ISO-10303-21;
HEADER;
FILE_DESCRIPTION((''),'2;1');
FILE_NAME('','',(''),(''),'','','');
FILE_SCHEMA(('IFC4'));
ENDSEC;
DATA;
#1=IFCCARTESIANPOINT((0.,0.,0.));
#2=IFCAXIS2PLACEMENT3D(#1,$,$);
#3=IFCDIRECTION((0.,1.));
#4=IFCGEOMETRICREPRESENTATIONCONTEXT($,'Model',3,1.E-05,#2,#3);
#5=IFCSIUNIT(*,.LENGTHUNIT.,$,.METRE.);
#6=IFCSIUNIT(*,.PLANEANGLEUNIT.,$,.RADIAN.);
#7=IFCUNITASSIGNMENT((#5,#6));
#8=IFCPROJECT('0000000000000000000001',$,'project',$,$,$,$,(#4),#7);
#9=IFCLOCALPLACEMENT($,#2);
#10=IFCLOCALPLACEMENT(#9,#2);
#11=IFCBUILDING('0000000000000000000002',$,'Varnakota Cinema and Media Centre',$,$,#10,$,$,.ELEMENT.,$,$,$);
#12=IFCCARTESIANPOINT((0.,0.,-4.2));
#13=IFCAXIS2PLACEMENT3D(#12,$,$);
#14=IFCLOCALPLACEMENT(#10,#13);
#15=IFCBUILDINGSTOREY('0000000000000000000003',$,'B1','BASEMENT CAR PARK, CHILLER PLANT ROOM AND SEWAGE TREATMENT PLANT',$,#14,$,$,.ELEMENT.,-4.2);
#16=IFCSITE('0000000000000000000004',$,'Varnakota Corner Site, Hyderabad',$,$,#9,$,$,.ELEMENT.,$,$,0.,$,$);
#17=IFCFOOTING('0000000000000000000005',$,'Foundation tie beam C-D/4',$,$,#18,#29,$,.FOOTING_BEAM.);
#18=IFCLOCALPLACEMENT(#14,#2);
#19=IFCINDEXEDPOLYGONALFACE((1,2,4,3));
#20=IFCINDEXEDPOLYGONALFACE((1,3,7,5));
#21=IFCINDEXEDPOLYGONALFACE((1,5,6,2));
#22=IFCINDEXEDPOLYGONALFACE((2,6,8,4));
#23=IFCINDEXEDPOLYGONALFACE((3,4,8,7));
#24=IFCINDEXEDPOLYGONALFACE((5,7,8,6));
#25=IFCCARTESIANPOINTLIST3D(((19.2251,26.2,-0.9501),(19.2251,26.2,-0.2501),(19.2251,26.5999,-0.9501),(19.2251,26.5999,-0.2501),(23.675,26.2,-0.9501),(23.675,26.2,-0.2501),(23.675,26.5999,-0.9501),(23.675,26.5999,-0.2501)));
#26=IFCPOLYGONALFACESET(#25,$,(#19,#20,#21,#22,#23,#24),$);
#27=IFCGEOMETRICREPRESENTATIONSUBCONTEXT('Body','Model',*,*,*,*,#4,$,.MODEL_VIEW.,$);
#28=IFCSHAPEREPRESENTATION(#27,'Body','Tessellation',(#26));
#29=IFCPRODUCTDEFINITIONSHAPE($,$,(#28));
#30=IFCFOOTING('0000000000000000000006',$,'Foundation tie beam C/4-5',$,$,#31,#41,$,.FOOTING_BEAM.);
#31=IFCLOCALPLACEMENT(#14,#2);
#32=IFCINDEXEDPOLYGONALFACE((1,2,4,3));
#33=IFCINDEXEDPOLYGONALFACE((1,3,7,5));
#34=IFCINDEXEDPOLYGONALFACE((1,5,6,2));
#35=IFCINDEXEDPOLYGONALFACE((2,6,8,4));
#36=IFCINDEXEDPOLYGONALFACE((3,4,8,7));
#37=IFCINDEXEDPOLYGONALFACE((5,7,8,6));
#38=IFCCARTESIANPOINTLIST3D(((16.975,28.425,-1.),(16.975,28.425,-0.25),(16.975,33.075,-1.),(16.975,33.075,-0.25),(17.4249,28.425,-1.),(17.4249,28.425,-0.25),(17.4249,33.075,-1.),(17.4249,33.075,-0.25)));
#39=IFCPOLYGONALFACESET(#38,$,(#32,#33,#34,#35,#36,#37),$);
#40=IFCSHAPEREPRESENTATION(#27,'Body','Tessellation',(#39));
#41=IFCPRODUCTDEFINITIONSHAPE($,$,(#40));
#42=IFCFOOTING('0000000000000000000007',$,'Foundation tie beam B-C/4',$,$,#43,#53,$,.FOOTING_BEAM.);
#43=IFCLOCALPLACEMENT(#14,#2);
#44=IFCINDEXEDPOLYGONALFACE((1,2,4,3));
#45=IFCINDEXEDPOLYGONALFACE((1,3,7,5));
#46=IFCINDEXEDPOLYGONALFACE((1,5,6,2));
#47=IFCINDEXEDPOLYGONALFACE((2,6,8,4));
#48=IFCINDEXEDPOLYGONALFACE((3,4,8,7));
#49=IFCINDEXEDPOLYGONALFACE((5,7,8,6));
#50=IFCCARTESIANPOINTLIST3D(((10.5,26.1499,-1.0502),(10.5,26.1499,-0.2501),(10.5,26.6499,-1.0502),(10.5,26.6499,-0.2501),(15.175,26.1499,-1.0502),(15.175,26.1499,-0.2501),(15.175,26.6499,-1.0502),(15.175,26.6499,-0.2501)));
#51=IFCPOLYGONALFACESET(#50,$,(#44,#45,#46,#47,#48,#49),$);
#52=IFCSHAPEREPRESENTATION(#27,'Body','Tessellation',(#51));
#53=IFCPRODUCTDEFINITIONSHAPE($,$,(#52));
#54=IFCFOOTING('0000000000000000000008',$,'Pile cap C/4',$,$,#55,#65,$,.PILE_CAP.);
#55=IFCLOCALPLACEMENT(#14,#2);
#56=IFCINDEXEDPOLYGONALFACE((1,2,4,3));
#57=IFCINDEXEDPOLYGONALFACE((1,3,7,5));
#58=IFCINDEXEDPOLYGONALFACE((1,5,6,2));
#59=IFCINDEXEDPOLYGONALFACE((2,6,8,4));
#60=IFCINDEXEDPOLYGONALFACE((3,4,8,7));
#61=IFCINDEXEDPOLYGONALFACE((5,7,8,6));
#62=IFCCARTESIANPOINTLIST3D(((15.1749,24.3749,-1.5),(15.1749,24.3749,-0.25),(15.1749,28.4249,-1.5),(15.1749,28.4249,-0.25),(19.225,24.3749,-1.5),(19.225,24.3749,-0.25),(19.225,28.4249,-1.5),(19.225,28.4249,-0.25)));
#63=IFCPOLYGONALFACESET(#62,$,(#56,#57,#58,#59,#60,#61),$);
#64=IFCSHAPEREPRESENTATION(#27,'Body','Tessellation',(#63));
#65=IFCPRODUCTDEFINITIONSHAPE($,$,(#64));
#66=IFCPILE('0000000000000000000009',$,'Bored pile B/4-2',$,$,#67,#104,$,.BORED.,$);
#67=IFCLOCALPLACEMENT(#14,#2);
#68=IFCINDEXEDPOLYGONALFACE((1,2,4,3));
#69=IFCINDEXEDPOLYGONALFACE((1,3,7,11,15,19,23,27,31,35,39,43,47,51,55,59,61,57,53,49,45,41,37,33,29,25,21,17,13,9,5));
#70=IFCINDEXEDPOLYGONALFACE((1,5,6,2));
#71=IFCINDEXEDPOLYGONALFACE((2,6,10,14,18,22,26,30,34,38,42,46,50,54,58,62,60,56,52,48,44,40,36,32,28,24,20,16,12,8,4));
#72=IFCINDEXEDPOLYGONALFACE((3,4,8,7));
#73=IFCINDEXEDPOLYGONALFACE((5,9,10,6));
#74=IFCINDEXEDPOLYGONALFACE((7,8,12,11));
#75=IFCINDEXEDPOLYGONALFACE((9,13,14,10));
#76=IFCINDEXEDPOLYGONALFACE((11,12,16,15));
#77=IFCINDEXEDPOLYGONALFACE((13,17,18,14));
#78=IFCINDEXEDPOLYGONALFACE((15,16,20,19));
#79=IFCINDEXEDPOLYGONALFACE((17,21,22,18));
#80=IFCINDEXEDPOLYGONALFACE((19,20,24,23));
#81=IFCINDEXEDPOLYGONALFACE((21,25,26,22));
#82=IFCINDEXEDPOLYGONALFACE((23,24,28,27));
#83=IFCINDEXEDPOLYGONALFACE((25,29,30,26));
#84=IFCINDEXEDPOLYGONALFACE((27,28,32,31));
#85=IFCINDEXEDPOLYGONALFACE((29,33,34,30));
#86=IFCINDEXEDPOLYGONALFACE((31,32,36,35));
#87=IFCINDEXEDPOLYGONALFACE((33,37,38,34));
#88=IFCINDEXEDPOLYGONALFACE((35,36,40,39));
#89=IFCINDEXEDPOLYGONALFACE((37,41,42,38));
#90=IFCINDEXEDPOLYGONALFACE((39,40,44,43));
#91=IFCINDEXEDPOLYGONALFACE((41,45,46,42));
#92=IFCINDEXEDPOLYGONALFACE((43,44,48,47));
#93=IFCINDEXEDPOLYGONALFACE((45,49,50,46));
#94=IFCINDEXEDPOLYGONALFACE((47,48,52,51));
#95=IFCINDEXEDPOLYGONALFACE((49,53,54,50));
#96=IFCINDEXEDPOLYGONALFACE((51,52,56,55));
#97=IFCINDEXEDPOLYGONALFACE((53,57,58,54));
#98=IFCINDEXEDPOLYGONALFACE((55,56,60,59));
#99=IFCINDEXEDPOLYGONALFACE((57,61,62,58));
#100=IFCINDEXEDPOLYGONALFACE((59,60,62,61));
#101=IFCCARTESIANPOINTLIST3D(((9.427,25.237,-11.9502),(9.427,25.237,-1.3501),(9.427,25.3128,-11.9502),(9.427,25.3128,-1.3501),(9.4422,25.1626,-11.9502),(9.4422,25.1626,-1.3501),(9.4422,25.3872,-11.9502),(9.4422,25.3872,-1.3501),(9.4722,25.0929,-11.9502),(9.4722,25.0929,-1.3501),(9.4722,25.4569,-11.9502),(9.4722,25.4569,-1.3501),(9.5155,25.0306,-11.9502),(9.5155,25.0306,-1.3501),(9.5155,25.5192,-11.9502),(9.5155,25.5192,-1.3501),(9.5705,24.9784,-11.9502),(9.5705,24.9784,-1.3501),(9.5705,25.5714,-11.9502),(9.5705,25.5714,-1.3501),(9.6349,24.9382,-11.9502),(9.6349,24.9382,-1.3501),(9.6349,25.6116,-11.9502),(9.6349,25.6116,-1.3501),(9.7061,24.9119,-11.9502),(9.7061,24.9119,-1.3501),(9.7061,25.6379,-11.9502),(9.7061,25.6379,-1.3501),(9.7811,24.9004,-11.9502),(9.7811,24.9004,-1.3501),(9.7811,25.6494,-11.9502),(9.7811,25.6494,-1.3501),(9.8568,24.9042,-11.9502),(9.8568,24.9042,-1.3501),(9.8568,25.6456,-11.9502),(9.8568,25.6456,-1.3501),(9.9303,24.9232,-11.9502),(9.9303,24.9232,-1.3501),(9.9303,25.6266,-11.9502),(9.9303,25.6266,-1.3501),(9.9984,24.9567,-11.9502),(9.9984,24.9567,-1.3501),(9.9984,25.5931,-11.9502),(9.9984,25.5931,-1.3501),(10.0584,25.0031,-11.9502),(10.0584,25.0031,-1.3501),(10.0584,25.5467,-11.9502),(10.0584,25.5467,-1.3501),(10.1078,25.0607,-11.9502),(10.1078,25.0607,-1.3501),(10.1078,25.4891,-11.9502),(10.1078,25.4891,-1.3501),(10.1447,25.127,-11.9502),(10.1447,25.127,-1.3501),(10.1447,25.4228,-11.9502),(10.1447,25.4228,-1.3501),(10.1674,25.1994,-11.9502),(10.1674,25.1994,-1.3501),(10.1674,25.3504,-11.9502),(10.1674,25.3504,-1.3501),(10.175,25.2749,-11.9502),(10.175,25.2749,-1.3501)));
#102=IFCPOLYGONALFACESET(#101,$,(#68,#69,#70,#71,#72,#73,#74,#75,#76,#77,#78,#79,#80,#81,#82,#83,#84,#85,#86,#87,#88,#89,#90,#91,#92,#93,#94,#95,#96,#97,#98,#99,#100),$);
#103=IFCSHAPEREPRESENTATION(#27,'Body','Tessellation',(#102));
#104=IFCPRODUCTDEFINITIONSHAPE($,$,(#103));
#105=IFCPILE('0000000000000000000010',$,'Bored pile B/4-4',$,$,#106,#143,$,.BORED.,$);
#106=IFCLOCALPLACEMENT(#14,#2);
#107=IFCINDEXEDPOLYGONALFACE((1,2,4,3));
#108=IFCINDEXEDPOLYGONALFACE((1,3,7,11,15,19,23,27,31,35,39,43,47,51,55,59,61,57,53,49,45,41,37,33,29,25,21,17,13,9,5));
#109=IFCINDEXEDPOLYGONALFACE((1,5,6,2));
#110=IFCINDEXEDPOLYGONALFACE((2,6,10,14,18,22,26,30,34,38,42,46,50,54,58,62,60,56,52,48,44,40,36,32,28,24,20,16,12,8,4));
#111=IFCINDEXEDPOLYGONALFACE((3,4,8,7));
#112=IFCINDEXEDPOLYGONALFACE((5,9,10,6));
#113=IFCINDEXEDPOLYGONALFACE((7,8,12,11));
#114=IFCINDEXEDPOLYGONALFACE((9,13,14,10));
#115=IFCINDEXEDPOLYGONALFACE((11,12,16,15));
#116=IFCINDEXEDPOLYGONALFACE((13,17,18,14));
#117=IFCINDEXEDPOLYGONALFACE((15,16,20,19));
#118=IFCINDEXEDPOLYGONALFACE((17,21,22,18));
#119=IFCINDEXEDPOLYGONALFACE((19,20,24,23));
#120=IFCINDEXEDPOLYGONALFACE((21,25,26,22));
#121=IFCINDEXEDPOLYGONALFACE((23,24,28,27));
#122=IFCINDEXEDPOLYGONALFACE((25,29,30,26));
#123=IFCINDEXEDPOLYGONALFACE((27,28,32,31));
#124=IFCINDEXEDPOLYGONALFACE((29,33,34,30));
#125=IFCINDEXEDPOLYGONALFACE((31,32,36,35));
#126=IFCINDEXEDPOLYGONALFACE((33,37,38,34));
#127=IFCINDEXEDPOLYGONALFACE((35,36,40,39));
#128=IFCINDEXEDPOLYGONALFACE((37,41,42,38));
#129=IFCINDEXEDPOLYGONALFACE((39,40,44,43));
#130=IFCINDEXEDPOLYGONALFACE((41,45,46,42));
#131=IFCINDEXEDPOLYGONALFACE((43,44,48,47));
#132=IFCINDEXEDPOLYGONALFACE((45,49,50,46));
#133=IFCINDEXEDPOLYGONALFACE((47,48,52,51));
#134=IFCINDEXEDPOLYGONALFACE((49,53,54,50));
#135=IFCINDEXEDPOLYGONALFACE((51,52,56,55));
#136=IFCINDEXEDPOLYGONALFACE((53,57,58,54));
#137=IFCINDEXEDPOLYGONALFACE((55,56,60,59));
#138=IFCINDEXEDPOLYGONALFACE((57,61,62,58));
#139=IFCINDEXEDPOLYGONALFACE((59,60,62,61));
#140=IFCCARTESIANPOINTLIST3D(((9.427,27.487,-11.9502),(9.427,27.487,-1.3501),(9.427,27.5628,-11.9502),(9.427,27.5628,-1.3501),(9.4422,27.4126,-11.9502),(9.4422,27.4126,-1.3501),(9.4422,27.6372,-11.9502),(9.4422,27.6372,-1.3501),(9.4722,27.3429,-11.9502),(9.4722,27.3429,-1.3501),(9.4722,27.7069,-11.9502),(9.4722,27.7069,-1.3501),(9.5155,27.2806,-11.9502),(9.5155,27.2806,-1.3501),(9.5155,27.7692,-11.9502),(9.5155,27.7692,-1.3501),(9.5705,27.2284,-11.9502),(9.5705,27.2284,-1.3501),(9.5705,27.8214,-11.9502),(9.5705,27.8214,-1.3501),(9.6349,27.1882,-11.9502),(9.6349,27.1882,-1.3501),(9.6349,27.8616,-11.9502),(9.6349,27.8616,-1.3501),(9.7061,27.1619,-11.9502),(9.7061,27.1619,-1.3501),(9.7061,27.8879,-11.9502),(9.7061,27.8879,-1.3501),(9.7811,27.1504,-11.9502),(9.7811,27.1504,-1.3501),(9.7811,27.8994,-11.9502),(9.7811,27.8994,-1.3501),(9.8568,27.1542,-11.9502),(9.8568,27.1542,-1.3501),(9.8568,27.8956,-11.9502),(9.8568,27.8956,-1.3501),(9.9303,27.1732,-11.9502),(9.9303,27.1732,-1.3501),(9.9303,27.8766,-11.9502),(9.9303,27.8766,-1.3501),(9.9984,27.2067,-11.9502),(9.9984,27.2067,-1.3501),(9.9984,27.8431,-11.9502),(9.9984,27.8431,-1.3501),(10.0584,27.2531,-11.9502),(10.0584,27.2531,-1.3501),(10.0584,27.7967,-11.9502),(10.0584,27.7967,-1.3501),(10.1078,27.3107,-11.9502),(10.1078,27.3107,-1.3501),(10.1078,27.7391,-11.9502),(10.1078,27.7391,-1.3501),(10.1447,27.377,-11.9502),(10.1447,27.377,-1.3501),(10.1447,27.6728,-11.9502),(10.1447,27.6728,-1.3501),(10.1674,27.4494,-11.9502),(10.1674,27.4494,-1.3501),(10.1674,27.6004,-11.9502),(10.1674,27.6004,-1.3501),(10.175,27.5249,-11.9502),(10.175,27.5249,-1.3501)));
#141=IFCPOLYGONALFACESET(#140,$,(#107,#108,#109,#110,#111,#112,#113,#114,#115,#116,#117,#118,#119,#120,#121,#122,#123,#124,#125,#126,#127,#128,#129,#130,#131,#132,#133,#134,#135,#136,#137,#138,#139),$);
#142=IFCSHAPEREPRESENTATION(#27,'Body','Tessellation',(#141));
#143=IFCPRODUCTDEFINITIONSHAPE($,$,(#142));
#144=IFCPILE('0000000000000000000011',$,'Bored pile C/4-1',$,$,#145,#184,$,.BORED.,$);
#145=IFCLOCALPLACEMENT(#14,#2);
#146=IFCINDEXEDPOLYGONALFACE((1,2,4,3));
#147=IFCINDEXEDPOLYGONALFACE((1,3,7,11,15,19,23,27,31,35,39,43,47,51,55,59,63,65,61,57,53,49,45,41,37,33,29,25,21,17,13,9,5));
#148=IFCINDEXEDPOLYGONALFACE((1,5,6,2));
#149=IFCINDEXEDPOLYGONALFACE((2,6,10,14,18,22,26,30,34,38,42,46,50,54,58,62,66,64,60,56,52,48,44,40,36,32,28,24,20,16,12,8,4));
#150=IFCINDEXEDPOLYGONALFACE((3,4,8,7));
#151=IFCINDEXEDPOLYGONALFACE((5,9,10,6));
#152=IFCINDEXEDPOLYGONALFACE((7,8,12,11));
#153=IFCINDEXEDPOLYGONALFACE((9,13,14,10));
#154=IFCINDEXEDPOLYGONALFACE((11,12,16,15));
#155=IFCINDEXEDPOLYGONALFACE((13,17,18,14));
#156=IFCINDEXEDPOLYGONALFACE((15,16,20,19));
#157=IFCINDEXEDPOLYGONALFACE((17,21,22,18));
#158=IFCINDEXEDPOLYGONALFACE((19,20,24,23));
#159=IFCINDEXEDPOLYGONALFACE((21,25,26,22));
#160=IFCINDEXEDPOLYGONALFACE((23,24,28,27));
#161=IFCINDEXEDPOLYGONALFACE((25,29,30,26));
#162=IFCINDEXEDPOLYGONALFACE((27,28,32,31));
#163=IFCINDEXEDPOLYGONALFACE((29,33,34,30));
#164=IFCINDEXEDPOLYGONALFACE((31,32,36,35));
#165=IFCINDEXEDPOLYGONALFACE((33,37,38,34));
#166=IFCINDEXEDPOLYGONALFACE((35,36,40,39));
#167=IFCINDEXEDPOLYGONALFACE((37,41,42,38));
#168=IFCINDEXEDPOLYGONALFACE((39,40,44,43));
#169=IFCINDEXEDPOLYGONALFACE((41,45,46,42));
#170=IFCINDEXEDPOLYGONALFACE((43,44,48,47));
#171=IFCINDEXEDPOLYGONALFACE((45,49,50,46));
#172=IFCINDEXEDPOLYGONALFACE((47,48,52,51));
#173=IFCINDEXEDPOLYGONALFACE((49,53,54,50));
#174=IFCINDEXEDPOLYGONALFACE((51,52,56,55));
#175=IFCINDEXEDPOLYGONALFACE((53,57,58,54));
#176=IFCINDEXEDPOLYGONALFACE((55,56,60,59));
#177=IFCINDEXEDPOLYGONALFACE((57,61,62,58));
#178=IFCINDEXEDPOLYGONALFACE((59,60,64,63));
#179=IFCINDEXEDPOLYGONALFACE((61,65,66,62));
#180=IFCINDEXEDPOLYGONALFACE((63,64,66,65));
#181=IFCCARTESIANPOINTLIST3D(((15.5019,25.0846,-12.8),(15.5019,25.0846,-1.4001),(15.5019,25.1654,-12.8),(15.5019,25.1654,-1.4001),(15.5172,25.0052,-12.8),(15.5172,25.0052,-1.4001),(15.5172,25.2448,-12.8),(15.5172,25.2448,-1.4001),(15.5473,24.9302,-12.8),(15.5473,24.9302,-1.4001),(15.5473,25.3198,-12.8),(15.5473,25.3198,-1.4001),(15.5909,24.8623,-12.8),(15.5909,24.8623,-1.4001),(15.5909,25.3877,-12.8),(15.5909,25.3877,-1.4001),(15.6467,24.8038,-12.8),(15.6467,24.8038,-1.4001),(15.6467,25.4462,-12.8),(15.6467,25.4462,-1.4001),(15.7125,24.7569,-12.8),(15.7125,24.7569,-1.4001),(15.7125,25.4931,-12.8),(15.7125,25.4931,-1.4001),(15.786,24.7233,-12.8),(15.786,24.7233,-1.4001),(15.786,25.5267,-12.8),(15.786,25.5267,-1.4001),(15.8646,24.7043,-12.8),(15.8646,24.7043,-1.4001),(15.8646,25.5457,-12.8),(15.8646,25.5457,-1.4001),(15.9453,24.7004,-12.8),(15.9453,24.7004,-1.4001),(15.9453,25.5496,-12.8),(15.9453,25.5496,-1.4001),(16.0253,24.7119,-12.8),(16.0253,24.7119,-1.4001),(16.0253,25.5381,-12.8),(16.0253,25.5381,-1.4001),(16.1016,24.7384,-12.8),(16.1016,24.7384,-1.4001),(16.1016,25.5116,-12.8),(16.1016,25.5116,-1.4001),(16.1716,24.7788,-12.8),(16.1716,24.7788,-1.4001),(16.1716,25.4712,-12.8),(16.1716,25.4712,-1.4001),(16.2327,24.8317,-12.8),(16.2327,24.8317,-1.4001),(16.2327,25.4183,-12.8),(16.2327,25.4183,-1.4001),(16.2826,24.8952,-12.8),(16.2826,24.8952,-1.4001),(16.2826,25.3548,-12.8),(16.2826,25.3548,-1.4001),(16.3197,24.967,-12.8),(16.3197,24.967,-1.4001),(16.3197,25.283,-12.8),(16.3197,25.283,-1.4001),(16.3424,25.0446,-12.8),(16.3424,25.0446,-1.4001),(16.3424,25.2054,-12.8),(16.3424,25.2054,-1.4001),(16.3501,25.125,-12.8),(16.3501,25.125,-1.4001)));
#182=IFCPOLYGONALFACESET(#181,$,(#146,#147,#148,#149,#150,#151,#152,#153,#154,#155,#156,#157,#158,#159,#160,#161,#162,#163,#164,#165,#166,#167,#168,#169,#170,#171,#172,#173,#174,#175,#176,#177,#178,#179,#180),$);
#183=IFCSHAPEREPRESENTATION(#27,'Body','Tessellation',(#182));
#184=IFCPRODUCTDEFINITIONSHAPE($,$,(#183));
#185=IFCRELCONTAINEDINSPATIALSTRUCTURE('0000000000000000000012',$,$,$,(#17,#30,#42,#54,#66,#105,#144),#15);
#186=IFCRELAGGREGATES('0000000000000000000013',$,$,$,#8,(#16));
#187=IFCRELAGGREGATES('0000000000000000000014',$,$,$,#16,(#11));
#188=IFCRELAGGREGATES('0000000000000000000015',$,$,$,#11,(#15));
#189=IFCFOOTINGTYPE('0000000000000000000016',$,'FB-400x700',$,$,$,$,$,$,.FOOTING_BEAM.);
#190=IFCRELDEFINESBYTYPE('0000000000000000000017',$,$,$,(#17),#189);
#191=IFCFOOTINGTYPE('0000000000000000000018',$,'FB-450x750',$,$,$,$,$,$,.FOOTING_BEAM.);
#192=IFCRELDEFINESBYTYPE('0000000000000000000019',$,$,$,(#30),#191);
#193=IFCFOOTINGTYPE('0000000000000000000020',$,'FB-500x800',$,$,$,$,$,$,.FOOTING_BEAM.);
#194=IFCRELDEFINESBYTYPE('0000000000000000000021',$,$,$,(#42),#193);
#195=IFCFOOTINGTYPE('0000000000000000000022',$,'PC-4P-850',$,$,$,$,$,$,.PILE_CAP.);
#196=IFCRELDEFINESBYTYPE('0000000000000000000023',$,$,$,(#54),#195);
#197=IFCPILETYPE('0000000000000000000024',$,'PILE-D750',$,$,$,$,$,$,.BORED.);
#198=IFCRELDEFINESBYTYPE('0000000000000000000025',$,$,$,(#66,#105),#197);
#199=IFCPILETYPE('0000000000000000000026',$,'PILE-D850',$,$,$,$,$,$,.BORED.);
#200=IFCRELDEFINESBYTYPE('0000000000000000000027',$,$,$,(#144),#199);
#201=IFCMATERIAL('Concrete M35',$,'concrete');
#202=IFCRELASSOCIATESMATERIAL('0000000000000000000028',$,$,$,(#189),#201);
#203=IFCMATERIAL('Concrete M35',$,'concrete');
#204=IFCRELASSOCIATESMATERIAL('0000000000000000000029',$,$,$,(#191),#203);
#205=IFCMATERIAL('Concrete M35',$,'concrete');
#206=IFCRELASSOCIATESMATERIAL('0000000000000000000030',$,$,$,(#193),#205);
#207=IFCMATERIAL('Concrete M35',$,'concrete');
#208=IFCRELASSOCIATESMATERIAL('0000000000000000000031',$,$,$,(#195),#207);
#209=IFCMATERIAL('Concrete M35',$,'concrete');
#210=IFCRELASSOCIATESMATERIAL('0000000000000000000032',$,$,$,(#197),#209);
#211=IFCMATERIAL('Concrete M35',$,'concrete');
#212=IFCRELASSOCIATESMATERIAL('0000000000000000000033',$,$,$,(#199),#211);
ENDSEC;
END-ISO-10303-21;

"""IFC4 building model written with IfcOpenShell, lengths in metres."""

from ifc_helpers import new_model, si_unit, direction, frame, origin, origin_2d, place, context, subcontext, project, spatial, rectangle, circle, extrude, material, material_profile, profile_set, type_object, element, save


model = new_model("IFC4")

# Units and contexts
model_context = context("Model", 3, precision=1e-05, world=origin(), true_north=direction((0.0, 1.0)))
body_context = subcontext(model_context, "Body", "Model", "MODEL_VIEW")
ifc_project = project(units=[si_unit("LENGTHUNIT", "METRE"), si_unit("PLANEANGLEUNIT", "RADIAN")], contexts=[model_context])

# Site, building, storey
site_placement = place(None, origin())
site = spatial("IfcSite", under=ifc_project, at=site_placement, Name="Varnakota Corner Site, Hyderabad", CompositionType="ELEMENT", RefElevation=0.0)
building_placement = place(site_placement, origin())
building = spatial("IfcBuilding", under=site, at=building_placement, Name="Varnakota Cinema and Media Centre", CompositionType="ELEMENT")
storey_placement = place(building_placement, frame((0.0, 0.0, -4.2)))
storey = spatial("IfcBuildingStorey", under=building, at=storey_placement, Name="B1", Description="BASEMENT CAR PARK, CHILLER PLANT ROOM AND SEWAGE TREATMENT PLANT", CompositionType="ELEMENT", Elevation=-4.2)

# Footings
ifc_material_1 = material(Name="Concrete M35", Category="concrete")
ifc_material_profile_1 = material_profile(ifc_material_1, rectangle(XDim=0.3999, YDim=0.7, at=origin_2d()), Name="FB 400x700")
ifc_profile_set_1 = profile_set([ifc_material_profile_1], Name="Concrete M35")
footing_type_1 = type_object("IfcFootingType", Name="FB-400x700", PredefinedType="FOOTING_BEAM", material=ifc_profile_set_1)
footing_1_placement = place(storey_placement, frame((19.2251, 26.3999, -0.6001), z_axis=(1.0, 0.0, 0.0), x_axis=(0.0, 1.0, 0.0)))
element("IfcFooting", 1, at=footing_1_placement, inside=storey, type_object=footing_type_1, Name="Foundation tie beam C-D/4", PredefinedType="FOOTING_BEAM", context=body_context, shape_type="SweptSolid", body=[
    extrude(rectangle(XDim=0.3999, YDim=0.7, at=origin_2d()), origin(), (0.0, 0.0, 1.0), 4.45),
])
ifc_material_2 = material(Name="Concrete M35", Category="concrete")
ifc_material_profile_2 = material_profile(ifc_material_2, rectangle(XDim=0.45, YDim=0.75, at=origin_2d()), Name="FB 450x750")
ifc_profile_set_2 = profile_set([ifc_material_profile_2], Name="Concrete M35")
footing_type_2 = type_object("IfcFootingType", Name="FB-450x750", PredefinedType="FOOTING_BEAM", material=ifc_profile_set_2)
footing_2_placement = place(storey_placement, frame((17.2, 28.425, -0.625), z_axis=(0.0, 1.0, 0.0), x_axis=(-1.0, 0.0, 0.0)))
element("IfcFooting", 2, at=footing_2_placement, inside=storey, type_object=footing_type_2, Name="Foundation tie beam C/4-5", PredefinedType="FOOTING_BEAM", context=body_context, shape_type="SweptSolid", body=[
    extrude(rectangle(XDim=0.45, YDim=0.75, at=origin_2d()), origin(), (0.0, 0.0, 1.0), 4.6499),
])
ifc_material_3 = material(Name="Concrete M35", Category="concrete")
ifc_material_profile_3 = material_profile(ifc_material_3, rectangle(XDim=0.5, YDim=0.8, at=origin_2d()), Name="FB 500x800")
ifc_profile_set_3 = profile_set([ifc_material_profile_3], Name="Concrete M35")
footing_type_3 = type_object("IfcFootingType", Name="FB-500x800", PredefinedType="FOOTING_BEAM", material=ifc_profile_set_3)
footing_3_placement = place(storey_placement, frame((10.5, 26.3999, -0.6501), z_axis=(1.0, 0.0, 0.0), x_axis=(0.0, 1.0, 0.0)))
element("IfcFooting", 3, at=footing_3_placement, inside=storey, type_object=footing_type_3, Name="Foundation tie beam B-C/4", PredefinedType="FOOTING_BEAM", context=body_context, shape_type="SweptSolid", body=[
    extrude(rectangle(XDim=0.5, YDim=0.8, at=origin_2d()), origin(), (0.0, 0.0, 1.0), 4.675),
])
ifc_material_4 = material(Name="Concrete M35", Category="concrete")
footing_type_4 = type_object("IfcFootingType", Name="PC-4P-850", PredefinedType="PILE_CAP", material=ifc_material_4)
footing_4_placement = place(storey_placement, frame((17.2, 26.3999, -1.5), z_axis=(0.0, 0.0, 1.0), x_axis=(1.0, 0.0, 0.0)))
element("IfcFooting", 4, at=footing_4_placement, inside=storey, type_object=footing_type_4, Name="Pile cap C/4", PredefinedType="PILE_CAP", context=body_context, shape_type="SweptSolid", body=[
    extrude(rectangle(XDim=4.05, YDim=4.05, at=origin_2d()), origin(), (0.0, 0.0, 1.0), 1.25),
])

# Piles
ifc_material_5 = material(Name="Concrete M35", Category="concrete")
ifc_material_profile_4 = material_profile(ifc_material_5, circle(Radius=0.375, at=origin_2d()), Name="PILE D750")
ifc_profile_set_4 = profile_set([ifc_material_profile_4], Name="Concrete M35")
pile_type_1 = type_object("IfcPileType", Name="PILE-D750", PredefinedType="BORED", material=ifc_profile_set_4)
for number, where, z_axis, x_axis, name in (
    (5, (9.8, 25.2749, -1.3501), (0.0, 0.0, -1.0), (1.0, 0.0, 0.0), "Bored pile B/4-2"),
    (6, (9.8, 27.5249, -1.3501), (0.0, 0.0, -1.0), (1.0, 0.0, 0.0), "Bored pile B/4-4"),
):
    element("IfcPile", number, at=place(storey_placement, frame(where, z_axis=z_axis, x_axis=x_axis)), inside=storey, type_object=pile_type_1, Name=name, PredefinedType="BORED", context=body_context, shape_type="SweptSolid", body=[
        extrude(circle(Radius=0.375, at=origin_2d()), origin(), (0.0, 0.0, 1.0), 10.6001),
    ])
ifc_material_6 = material(Name="Concrete M35", Category="concrete")
ifc_material_profile_5 = material_profile(ifc_material_6, circle(Radius=0.425, at=origin_2d()), Name="PILE D850")
ifc_profile_set_5 = profile_set([ifc_material_profile_5], Name="Concrete M35")
pile_type_2 = type_object("IfcPileType", Name="PILE-D850", PredefinedType="BORED", material=ifc_profile_set_5)
for number, where, z_axis, x_axis, name in (
    (7, (15.925, 25.125, -1.4001), (0.0, 0.0, -1.0), (1.0, 0.0, 0.0), "Bored pile C/4-1"),
):
    element("IfcPile", number, at=place(storey_placement, frame(where, z_axis=z_axis, x_axis=x_axis)), inside=storey, type_object=pile_type_2, Name=name, PredefinedType="BORED", context=body_context, shape_type="SweptSolid", body=[
        extrude(circle(Radius=0.425, at=origin_2d()), origin(), (0.0, 0.0, 1.0), 11.3999),
    ])

save(model, "model.ifc")
